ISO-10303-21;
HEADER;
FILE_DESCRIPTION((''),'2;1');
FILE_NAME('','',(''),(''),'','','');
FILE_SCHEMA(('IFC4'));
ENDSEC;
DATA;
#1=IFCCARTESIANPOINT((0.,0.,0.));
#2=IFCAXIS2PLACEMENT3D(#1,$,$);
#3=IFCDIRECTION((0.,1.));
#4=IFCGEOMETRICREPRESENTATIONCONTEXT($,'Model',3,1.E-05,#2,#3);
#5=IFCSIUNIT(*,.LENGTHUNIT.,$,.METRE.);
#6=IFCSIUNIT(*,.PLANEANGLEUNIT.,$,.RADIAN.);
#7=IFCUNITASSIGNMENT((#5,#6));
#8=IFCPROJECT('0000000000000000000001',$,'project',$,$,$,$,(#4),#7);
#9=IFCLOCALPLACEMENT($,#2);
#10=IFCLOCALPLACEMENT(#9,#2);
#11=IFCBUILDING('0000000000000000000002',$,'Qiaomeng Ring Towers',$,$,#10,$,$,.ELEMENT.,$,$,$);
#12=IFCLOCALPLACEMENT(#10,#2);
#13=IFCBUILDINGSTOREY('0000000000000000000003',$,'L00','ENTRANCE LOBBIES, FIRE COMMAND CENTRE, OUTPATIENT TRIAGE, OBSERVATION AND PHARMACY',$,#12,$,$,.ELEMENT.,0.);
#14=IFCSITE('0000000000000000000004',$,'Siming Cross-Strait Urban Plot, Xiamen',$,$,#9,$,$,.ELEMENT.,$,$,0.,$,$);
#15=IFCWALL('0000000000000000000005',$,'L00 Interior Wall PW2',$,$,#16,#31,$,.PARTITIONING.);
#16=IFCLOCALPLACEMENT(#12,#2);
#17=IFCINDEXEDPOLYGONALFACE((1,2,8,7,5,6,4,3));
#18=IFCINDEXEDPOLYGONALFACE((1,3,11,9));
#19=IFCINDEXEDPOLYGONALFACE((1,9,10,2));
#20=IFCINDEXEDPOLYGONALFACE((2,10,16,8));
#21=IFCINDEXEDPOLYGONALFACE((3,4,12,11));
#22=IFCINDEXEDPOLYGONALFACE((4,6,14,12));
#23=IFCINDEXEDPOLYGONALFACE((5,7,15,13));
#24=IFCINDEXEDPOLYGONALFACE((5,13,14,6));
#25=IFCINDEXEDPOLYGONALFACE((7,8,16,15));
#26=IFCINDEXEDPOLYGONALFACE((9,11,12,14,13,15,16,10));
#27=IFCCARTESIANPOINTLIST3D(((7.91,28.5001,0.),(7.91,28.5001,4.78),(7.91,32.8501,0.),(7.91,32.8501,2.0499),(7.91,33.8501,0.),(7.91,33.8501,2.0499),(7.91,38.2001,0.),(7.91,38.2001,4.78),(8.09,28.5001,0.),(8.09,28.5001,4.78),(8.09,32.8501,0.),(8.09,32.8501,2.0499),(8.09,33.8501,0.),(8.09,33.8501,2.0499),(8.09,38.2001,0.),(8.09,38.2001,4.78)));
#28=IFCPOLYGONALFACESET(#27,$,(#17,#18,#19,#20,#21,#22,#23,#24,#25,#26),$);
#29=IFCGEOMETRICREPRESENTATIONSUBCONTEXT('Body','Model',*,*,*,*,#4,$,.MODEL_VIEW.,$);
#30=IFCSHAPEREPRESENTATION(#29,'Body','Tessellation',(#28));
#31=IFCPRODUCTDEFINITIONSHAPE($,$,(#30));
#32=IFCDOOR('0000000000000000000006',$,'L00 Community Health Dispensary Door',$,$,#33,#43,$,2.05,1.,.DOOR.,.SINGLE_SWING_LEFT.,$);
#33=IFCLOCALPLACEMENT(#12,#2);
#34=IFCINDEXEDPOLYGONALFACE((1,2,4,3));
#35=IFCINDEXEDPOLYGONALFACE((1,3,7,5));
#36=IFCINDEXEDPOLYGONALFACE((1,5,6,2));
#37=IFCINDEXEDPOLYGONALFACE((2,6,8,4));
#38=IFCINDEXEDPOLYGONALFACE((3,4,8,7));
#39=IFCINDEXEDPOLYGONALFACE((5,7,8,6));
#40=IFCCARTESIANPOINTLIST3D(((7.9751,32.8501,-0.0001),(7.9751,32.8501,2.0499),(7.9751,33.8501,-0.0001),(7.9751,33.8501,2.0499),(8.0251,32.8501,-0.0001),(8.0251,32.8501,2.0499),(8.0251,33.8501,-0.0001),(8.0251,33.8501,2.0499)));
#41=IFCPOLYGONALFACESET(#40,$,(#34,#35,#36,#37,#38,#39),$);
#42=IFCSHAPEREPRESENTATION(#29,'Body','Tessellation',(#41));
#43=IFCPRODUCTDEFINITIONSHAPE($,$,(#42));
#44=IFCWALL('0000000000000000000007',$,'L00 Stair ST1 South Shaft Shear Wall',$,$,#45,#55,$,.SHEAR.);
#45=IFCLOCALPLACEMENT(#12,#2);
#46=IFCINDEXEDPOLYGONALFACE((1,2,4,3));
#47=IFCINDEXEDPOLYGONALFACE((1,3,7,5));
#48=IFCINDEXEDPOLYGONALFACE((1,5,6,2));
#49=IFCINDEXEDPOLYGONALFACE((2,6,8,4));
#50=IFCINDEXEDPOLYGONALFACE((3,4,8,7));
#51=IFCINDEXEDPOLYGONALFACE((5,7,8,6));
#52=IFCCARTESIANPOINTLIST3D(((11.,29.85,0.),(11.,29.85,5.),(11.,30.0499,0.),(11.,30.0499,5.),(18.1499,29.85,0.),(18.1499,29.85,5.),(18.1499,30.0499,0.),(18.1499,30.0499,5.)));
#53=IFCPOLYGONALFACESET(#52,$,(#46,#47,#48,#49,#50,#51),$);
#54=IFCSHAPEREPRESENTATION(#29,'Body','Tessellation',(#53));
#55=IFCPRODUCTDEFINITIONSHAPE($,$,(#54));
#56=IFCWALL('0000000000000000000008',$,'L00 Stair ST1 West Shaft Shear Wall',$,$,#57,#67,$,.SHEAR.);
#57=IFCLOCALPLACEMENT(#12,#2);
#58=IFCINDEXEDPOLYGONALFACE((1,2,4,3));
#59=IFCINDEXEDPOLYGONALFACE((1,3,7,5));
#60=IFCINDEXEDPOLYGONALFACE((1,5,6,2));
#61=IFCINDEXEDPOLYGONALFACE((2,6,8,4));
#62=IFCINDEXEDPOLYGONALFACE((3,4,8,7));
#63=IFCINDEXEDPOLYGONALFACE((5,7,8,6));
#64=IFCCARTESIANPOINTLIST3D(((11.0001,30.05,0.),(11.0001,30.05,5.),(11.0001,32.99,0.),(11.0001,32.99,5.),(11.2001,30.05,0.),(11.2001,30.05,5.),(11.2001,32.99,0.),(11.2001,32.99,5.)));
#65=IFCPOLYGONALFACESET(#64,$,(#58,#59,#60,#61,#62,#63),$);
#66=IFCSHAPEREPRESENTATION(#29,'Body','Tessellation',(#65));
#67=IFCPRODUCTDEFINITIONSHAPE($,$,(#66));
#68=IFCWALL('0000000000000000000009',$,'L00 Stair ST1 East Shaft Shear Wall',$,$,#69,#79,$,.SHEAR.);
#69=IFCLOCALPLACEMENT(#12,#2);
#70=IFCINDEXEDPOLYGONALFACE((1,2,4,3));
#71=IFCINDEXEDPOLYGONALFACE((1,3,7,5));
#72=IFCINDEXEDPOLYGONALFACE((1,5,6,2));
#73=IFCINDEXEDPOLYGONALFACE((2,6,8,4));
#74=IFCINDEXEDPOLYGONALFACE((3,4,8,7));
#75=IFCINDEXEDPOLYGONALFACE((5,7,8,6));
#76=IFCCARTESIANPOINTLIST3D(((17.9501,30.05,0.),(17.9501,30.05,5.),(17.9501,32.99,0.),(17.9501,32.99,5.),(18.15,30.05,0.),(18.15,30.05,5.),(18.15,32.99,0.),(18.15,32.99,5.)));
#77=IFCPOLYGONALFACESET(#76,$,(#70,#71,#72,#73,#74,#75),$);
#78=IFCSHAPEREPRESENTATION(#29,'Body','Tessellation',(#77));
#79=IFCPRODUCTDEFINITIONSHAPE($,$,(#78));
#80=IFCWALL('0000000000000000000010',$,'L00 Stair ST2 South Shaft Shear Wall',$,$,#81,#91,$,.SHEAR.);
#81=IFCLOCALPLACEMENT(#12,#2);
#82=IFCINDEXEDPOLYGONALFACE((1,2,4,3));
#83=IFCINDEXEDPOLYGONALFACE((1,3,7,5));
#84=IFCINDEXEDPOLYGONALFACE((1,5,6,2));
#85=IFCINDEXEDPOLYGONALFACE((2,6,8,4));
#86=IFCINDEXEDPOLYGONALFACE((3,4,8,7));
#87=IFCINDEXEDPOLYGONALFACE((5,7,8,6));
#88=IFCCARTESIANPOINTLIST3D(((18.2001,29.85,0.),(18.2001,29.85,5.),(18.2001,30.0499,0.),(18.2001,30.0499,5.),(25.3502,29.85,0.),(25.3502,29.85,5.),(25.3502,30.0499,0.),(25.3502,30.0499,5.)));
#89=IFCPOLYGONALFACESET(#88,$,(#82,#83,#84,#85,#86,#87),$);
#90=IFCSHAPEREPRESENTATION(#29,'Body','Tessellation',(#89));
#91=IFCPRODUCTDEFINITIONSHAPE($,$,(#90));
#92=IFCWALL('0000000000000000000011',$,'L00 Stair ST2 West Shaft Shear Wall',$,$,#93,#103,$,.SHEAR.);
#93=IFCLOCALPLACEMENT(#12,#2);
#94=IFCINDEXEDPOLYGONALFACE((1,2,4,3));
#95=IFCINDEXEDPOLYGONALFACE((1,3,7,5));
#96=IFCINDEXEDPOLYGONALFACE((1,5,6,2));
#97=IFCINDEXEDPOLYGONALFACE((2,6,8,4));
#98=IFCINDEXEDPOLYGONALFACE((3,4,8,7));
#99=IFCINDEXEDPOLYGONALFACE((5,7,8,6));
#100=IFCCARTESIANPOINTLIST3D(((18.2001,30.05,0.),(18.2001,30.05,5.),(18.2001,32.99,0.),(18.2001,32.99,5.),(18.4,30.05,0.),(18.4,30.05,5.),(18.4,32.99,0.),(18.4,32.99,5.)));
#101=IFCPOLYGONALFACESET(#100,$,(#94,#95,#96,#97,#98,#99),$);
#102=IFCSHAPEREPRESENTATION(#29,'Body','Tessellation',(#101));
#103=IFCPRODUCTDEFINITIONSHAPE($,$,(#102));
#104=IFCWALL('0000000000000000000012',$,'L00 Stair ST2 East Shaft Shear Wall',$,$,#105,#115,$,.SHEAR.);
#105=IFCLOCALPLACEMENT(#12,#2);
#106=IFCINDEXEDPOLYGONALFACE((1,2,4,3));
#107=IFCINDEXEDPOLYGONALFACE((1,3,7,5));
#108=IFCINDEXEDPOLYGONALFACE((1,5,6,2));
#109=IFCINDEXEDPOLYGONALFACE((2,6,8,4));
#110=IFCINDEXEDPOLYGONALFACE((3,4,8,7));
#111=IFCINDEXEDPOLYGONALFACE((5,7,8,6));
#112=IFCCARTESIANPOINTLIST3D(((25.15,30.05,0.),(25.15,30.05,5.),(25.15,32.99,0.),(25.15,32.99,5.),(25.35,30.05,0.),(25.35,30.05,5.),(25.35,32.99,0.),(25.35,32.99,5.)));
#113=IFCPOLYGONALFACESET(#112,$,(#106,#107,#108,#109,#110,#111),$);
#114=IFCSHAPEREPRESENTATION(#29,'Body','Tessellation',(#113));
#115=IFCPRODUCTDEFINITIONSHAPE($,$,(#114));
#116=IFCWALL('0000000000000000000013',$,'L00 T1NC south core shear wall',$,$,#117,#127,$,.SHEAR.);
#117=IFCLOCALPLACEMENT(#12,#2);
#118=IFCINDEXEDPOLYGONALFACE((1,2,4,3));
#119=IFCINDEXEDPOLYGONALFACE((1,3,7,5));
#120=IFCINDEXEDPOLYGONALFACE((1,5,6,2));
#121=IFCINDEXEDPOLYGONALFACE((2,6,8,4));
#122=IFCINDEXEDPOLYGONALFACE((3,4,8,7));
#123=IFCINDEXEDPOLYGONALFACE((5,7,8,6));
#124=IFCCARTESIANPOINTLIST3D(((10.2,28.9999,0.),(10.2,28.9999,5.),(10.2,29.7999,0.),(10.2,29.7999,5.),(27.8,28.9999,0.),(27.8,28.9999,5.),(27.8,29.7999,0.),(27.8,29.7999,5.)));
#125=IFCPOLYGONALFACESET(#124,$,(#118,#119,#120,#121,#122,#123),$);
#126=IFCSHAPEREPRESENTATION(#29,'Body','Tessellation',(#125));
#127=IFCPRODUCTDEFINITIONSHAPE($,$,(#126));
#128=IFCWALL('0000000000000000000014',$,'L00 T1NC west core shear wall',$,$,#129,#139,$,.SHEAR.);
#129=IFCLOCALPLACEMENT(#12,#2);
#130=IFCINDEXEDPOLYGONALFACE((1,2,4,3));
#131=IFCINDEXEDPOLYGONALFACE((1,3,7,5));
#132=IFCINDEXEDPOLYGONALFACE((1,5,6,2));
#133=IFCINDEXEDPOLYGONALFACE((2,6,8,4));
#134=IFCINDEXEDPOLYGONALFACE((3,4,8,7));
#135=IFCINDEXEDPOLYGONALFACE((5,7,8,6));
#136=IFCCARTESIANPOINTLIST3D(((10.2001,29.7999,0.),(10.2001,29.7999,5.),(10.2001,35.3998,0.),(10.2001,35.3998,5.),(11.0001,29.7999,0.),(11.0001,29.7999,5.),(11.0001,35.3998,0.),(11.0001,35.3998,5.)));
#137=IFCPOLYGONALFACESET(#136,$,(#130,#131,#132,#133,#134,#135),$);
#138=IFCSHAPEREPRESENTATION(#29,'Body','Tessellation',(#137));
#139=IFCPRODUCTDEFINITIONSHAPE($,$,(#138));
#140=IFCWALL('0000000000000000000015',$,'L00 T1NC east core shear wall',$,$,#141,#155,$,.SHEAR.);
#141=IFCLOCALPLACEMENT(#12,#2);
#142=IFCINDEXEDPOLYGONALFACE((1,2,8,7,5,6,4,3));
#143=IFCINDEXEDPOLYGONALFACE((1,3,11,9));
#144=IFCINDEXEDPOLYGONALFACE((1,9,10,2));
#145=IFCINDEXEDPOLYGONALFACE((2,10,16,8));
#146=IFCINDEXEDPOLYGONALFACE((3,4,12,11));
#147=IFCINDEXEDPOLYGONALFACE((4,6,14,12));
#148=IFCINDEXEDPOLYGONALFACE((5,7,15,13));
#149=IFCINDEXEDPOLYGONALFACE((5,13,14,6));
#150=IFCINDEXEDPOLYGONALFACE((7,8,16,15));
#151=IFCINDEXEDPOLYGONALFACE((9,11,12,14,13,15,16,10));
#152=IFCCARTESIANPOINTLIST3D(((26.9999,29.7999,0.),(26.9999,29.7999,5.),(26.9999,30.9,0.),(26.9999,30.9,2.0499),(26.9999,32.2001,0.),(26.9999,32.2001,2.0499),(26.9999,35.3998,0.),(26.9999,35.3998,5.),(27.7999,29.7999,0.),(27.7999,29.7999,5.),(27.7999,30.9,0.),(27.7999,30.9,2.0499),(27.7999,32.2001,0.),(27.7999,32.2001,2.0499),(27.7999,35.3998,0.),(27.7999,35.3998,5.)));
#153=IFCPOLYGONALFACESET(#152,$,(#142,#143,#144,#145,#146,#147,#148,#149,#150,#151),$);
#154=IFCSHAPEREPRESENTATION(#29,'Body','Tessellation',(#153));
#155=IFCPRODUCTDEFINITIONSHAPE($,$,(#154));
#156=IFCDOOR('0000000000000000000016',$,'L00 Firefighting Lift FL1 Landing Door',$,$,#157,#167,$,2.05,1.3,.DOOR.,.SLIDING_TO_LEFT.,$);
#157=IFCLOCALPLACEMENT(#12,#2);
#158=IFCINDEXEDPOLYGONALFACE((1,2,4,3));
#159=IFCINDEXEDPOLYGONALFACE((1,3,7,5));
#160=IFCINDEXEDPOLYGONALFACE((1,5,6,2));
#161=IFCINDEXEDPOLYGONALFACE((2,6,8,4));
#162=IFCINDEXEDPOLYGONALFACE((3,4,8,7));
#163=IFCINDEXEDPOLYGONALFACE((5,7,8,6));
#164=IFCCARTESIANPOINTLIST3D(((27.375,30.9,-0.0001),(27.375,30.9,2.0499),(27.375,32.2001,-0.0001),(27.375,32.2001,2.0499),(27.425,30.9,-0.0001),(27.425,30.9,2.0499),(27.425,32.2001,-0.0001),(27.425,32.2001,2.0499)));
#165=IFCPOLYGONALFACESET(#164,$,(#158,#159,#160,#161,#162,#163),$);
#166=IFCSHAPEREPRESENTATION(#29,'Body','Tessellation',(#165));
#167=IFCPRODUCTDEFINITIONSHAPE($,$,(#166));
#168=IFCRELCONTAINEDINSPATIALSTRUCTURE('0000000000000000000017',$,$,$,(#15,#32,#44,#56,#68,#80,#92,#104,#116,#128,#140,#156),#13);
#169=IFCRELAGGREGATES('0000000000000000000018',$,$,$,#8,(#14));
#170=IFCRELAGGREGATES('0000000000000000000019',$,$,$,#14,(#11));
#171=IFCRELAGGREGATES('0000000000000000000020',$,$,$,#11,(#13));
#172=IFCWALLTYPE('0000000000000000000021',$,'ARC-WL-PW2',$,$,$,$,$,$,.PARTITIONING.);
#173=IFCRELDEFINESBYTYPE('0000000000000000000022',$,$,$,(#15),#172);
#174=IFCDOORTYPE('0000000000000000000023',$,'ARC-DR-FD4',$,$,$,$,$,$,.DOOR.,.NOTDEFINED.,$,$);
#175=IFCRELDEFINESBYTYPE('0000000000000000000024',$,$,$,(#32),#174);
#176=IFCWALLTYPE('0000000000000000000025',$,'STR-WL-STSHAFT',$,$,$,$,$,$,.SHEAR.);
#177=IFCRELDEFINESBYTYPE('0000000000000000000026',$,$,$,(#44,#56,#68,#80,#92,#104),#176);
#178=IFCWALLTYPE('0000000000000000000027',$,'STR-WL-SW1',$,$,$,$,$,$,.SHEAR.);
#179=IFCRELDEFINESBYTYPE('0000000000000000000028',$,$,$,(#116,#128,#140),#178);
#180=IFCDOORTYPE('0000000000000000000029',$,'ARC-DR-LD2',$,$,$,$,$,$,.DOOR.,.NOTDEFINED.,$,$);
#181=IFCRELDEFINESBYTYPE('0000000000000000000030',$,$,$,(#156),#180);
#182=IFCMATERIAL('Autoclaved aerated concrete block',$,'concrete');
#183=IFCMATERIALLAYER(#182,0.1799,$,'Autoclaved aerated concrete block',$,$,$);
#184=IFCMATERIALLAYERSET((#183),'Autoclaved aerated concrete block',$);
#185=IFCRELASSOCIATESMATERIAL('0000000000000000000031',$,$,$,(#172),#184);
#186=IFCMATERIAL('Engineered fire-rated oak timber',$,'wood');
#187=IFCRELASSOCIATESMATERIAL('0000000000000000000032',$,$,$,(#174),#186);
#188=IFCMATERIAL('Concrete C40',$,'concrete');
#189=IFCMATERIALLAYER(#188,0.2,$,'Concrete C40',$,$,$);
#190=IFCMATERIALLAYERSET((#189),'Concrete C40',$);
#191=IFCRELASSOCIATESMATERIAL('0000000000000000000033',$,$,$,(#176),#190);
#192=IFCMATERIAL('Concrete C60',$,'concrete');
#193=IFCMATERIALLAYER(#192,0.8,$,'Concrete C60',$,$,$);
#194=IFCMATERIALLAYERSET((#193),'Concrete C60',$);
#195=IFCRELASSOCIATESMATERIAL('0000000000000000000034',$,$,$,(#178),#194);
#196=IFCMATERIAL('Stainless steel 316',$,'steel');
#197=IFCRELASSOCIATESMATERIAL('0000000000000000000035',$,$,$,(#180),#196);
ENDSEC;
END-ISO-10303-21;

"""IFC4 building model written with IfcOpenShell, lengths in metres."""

from ifc_helpers import new_model, si_unit, direction, frame, frame_2d, origin, place, context, subcontext, project, spatial, rectangle, extrude, source, transform, mapped, material, layer, layer_set, type_object, element, fill, save


model = new_model("IFC4")

# Units and contexts
model_context = context("Model", 3, precision=1e-05, world=origin(), true_north=direction((0.0, 1.0)))
body_context = subcontext(model_context, "Body", "Model", "MODEL_VIEW")
ifc_project = project(units=[si_unit("LENGTHUNIT", "METRE"), si_unit("PLANEANGLEUNIT", "RADIAN")], contexts=[model_context])

# Site, building, storey
site_placement = place(None, origin())
site = spatial("IfcSite", under=ifc_project, at=site_placement, Name="Siming Cross-Strait Urban Plot, Xiamen", CompositionType="ELEMENT", RefElevation=0.0)
building_placement = place(site_placement, origin())
building = spatial("IfcBuilding", under=site, at=building_placement, Name="Qiaomeng Ring Towers", CompositionType="ELEMENT")
storey_placement = place(building_placement, origin())
storey = spatial("IfcBuildingStorey", under=building, at=storey_placement, Name="L00", Description="ENTRANCE LOBBIES, FIRE COMMAND CENTRE, OUTPATIENT TRIAGE, OBSERVATION AND PHARMACY", CompositionType="ELEMENT", Elevation=0.0)

# Wall, opening, door
ifc_material_1 = material(Name="Autoclaved aerated concrete block", Category="concrete")
ifc_layer_1 = layer(ifc_material_1, 0.1799, Name="Autoclaved aerated concrete block")
ifc_layer_set_1 = layer_set([ifc_layer_1], Name="Autoclaved aerated concrete block")
wall_type_1 = type_object("IfcWallType", Name="ARC-WL-PW2", PredefinedType="PARTITIONING", material=ifc_layer_set_1)
wall_1_placement = place(storey_placement, frame((8.0, 28.5, 0.0), z_axis=(0.0, 0.0, 1.0), x_axis=(0.0, 1.0, 0.0)))
wall_1 = element("IfcWall", 1, at=wall_1_placement, inside=storey, type_object=wall_type_1, Name="L00 Interior Wall PW2", PredefinedType="PARTITIONING", context=body_context, shape_type="SweptSolid", body=[
    extrude(rectangle(XDim=9.7, YDim=0.1799, at=frame_2d((4.8501, 0.0))), origin(), (0.0, 0.0, 1.0), 4.78),
])
opening_1_placement = place(wall_1_placement, frame((4.3501, 0.0, 0.0)))
opening_1 = element("IfcOpeningElement", 2, at=opening_1_placement, cuts=wall_1, PredefinedType="OPENING", context=body_context, shape_type="SweptSolid", body=[
    extrude(rectangle(XDim=1.0, YDim=2.05, at=frame_2d((0.5, 1.0249))), frame((0.0, 0.0999, 0.0), z_axis=(0.0, -1.0, 0.0), x_axis=(1.0, 0.0, 0.0)), (0.0, 0.0, 1.0), 0.2),
])
ifc_material_2 = material(Name="Engineered fire-rated oak timber", Category="wood")
door_type_1 = type_object("IfcDoorType", Name="ARC-DR-FD4", OperationType="NOTDEFINED", PredefinedType="DOOR", material=ifc_material_2)
shared_shape_1 = source(origin(), body_context, "Body", "SweptSolid", [
    extrude(rectangle(XDim=1.0, YDim=2.05, at=frame_2d((0.5, 1.0249))), frame((0.0, 0.0249, 0.0), z_axis=(0.0, -1.0, 0.0), x_axis=(1.0, 0.0, 0.0)), (0.0, 0.0, 1.0), 0.05),
])
door_1_placement = place(opening_1_placement, origin())
door_1 = element("IfcDoor", 3, at=door_1_placement, inside=storey, type_object=door_type_1, Name="L00 Community Health Dispensary Door", OperationType="SINGLE_SWING_LEFT", OverallHeight=2.05, OverallWidth=1.0, PredefinedType="DOOR", context=body_context, shape_type="MappedRepresentation", body=[
    mapped(shared_shape_1, transform((0.0, 0.0, 0.0), x_axis=(1.0, 0.0, 0.0), y_axis=(0.0, 1.0, 0.0), z_axis=(0.0, 0.0, 1.0), scale=1.0)),
])
fill(opening_1, door_1)

# Walls
ifc_material_3 = material(Name="Concrete C40", Category="concrete")
ifc_layer_2 = layer(ifc_material_3, 0.2, Name="Concrete C40")
ifc_layer_set_2 = layer_set([ifc_layer_2], Name="Concrete C40")
wall_type_2 = type_object("IfcWallType", Name="STR-WL-STSHAFT", PredefinedType="SHEAR", material=ifc_layer_set_2)
wall_2_placement = place(storey_placement, frame((11.0, 29.95, 0.0), z_axis=(0.0, 0.0, 1.0), x_axis=(1.0, 0.0, 0.0)))
element("IfcWall", 4, at=wall_2_placement, inside=storey, type_object=wall_type_2, Name="L00 Stair ST1 South Shaft Shear Wall", PredefinedType="SHEAR", context=body_context, shape_type="SweptSolid", body=[
    extrude(rectangle(XDim=7.1499, YDim=0.2, at=frame_2d((3.575, 0.0))), origin(), (0.0, 0.0, 1.0), 5.0),
])
for number, where, z_axis, x_axis, name in (
    (5, (11.1001, 30.05, 0.0), (0.0, 0.0, 1.0), (0.0, 1.0, 0.0), "L00 Stair ST1 West Shaft Shear Wall"),
    (6, (18.05, 30.05, 0.0), (0.0, 0.0, 1.0), (0.0, 1.0, 0.0), "L00 Stair ST1 East Shaft Shear Wall"),
):
    element("IfcWall", number, at=place(storey_placement, frame(where, z_axis=z_axis, x_axis=x_axis)), inside=storey, type_object=wall_type_2, Name=name, PredefinedType="SHEAR", context=body_context, shape_type="SweptSolid", body=[
        extrude(rectangle(XDim=2.9399, YDim=0.2, at=frame_2d((1.47, 0.0))), origin(), (0.0, 0.0, 1.0), 5.0),
    ])
wall_3_placement = place(storey_placement, frame((18.2, 29.95, 0.0), z_axis=(0.0, 0.0, 1.0), x_axis=(1.0, 0.0, 0.0)))
element("IfcWall", 7, at=wall_3_placement, inside=storey, type_object=wall_type_2, Name="L00 Stair ST2 South Shaft Shear Wall", PredefinedType="SHEAR", context=body_context, shape_type="SweptSolid", body=[
    extrude(rectangle(XDim=7.1501, YDim=0.2, at=frame_2d((3.5752, 0.0))), origin(), (0.0, 0.0, 1.0), 5.0),
])
for number, where, z_axis, x_axis, name in (
    (8, (18.3, 30.05, 0.0), (0.0, 0.0, 1.0), (0.0, 1.0, 0.0), "L00 Stair ST2 West Shaft Shear Wall"),
    (9, (25.25, 30.05, 0.0), (0.0, 0.0, 1.0), (0.0, 1.0, 0.0), "L00 Stair ST2 East Shaft Shear Wall"),
):
    element("IfcWall", number, at=place(storey_placement, frame(where, z_axis=z_axis, x_axis=x_axis)), inside=storey, type_object=wall_type_2, Name=name, PredefinedType="SHEAR", context=body_context, shape_type="SweptSolid", body=[
        extrude(rectangle(XDim=2.9399, YDim=0.2, at=frame_2d((1.47, 0.0))), origin(), (0.0, 0.0, 1.0), 5.0),
    ])
ifc_material_4 = material(Name="Concrete C60", Category="concrete")
ifc_layer_3 = layer(ifc_material_4, 0.8, Name="Concrete C60")
ifc_layer_set_3 = layer_set([ifc_layer_3], Name="Concrete C60")
wall_type_3 = type_object("IfcWallType", Name="STR-WL-SW1", PredefinedType="SHEAR", material=ifc_layer_set_3)
wall_4_placement = place(storey_placement, frame((10.2, 29.3999, 0.0), z_axis=(0.0, 0.0, 1.0), x_axis=(1.0, 0.0, 0.0)))
element("IfcWall", 10, at=wall_4_placement, inside=storey, type_object=wall_type_3, Name="L00 T1NC south core shear wall", PredefinedType="SHEAR", context=body_context, shape_type="SweptSolid", body=[
    extrude(rectangle(XDim=17.6001, YDim=0.8, at=frame_2d((8.8, 0.0))), origin(), (0.0, 0.0, 1.0), 5.0),
])
wall_5_placement = place(storey_placement, frame((10.6001, 29.8, 0.0), z_axis=(0.0, 0.0, 1.0), x_axis=(0.0, 1.0, 0.0)))
element("IfcWall", 11, at=wall_5_placement, inside=storey, type_object=wall_type_3, Name="L00 T1NC west core shear wall", PredefinedType="SHEAR", context=body_context, shape_type="SweptSolid", body=[
    extrude(rectangle(XDim=5.5999, YDim=0.8, at=frame_2d((2.7998, 0.0))), origin(), (0.0, 0.0, 1.0), 5.0),
])

# Wall, opening, door
wall_6_placement = place(storey_placement, frame((27.3999, 29.8, 0.0), z_axis=(0.0, 0.0, 1.0), x_axis=(0.0, 1.0, 0.0)))
wall_6 = element("IfcWall", 12, at=wall_6_placement, inside=storey, type_object=wall_type_3, Name="L00 T1NC east core shear wall", PredefinedType="SHEAR", context=body_context, shape_type="SweptSolid", body=[
    extrude(rectangle(XDim=5.5999, YDim=0.8, at=frame_2d((2.7998, 0.0))), origin(), (0.0, 0.0, 1.0), 5.0),
])
opening_2_placement = place(wall_6_placement, frame((1.1001, 0.0, 0.0)))
opening_2 = element("IfcOpeningElement", 13, at=opening_2_placement, cuts=wall_6, PredefinedType="OPENING", context=body_context, shape_type="SweptSolid", body=[
    extrude(rectangle(XDim=1.3, YDim=2.05, at=frame_2d((0.6499, 1.0249))), frame((0.0, 0.4099, 0.0), z_axis=(0.0, -1.0, 0.0), x_axis=(1.0, 0.0, 0.0)), (0.0, 0.0, 1.0), 0.8201),
])
ifc_material_5 = material(Name="Stainless steel 316", Category="steel")
door_type_2 = type_object("IfcDoorType", Name="ARC-DR-LD2", OperationType="NOTDEFINED", PredefinedType="DOOR", material=ifc_material_5)
shared_shape_2 = source(origin(), body_context, "Body", "SweptSolid", [
    extrude(rectangle(XDim=1.3, YDim=2.05, at=frame_2d((0.6499, 1.0249))), frame((0.0, 0.0249, 0.0), z_axis=(0.0, -1.0, 0.0), x_axis=(1.0, 0.0, 0.0)), (0.0, 0.0, 1.0), 0.05),
])
door_2_placement = place(opening_2_placement, origin())
door_2 = element("IfcDoor", 14, at=door_2_placement, inside=storey, type_object=door_type_2, Name="L00 Firefighting Lift FL1 Landing Door", OperationType="SLIDING_TO_LEFT", OverallHeight=2.05, OverallWidth=1.3, PredefinedType="DOOR", context=body_context, shape_type="MappedRepresentation", body=[
    mapped(shared_shape_2, transform((0.0, 0.0, 0.0), x_axis=(1.0, 0.0, 0.0), y_axis=(0.0, 1.0, 0.0), z_axis=(0.0, 0.0, 1.0), scale=1.0)),
])
fill(opening_2, door_2)

save(model, "model.ifc")
